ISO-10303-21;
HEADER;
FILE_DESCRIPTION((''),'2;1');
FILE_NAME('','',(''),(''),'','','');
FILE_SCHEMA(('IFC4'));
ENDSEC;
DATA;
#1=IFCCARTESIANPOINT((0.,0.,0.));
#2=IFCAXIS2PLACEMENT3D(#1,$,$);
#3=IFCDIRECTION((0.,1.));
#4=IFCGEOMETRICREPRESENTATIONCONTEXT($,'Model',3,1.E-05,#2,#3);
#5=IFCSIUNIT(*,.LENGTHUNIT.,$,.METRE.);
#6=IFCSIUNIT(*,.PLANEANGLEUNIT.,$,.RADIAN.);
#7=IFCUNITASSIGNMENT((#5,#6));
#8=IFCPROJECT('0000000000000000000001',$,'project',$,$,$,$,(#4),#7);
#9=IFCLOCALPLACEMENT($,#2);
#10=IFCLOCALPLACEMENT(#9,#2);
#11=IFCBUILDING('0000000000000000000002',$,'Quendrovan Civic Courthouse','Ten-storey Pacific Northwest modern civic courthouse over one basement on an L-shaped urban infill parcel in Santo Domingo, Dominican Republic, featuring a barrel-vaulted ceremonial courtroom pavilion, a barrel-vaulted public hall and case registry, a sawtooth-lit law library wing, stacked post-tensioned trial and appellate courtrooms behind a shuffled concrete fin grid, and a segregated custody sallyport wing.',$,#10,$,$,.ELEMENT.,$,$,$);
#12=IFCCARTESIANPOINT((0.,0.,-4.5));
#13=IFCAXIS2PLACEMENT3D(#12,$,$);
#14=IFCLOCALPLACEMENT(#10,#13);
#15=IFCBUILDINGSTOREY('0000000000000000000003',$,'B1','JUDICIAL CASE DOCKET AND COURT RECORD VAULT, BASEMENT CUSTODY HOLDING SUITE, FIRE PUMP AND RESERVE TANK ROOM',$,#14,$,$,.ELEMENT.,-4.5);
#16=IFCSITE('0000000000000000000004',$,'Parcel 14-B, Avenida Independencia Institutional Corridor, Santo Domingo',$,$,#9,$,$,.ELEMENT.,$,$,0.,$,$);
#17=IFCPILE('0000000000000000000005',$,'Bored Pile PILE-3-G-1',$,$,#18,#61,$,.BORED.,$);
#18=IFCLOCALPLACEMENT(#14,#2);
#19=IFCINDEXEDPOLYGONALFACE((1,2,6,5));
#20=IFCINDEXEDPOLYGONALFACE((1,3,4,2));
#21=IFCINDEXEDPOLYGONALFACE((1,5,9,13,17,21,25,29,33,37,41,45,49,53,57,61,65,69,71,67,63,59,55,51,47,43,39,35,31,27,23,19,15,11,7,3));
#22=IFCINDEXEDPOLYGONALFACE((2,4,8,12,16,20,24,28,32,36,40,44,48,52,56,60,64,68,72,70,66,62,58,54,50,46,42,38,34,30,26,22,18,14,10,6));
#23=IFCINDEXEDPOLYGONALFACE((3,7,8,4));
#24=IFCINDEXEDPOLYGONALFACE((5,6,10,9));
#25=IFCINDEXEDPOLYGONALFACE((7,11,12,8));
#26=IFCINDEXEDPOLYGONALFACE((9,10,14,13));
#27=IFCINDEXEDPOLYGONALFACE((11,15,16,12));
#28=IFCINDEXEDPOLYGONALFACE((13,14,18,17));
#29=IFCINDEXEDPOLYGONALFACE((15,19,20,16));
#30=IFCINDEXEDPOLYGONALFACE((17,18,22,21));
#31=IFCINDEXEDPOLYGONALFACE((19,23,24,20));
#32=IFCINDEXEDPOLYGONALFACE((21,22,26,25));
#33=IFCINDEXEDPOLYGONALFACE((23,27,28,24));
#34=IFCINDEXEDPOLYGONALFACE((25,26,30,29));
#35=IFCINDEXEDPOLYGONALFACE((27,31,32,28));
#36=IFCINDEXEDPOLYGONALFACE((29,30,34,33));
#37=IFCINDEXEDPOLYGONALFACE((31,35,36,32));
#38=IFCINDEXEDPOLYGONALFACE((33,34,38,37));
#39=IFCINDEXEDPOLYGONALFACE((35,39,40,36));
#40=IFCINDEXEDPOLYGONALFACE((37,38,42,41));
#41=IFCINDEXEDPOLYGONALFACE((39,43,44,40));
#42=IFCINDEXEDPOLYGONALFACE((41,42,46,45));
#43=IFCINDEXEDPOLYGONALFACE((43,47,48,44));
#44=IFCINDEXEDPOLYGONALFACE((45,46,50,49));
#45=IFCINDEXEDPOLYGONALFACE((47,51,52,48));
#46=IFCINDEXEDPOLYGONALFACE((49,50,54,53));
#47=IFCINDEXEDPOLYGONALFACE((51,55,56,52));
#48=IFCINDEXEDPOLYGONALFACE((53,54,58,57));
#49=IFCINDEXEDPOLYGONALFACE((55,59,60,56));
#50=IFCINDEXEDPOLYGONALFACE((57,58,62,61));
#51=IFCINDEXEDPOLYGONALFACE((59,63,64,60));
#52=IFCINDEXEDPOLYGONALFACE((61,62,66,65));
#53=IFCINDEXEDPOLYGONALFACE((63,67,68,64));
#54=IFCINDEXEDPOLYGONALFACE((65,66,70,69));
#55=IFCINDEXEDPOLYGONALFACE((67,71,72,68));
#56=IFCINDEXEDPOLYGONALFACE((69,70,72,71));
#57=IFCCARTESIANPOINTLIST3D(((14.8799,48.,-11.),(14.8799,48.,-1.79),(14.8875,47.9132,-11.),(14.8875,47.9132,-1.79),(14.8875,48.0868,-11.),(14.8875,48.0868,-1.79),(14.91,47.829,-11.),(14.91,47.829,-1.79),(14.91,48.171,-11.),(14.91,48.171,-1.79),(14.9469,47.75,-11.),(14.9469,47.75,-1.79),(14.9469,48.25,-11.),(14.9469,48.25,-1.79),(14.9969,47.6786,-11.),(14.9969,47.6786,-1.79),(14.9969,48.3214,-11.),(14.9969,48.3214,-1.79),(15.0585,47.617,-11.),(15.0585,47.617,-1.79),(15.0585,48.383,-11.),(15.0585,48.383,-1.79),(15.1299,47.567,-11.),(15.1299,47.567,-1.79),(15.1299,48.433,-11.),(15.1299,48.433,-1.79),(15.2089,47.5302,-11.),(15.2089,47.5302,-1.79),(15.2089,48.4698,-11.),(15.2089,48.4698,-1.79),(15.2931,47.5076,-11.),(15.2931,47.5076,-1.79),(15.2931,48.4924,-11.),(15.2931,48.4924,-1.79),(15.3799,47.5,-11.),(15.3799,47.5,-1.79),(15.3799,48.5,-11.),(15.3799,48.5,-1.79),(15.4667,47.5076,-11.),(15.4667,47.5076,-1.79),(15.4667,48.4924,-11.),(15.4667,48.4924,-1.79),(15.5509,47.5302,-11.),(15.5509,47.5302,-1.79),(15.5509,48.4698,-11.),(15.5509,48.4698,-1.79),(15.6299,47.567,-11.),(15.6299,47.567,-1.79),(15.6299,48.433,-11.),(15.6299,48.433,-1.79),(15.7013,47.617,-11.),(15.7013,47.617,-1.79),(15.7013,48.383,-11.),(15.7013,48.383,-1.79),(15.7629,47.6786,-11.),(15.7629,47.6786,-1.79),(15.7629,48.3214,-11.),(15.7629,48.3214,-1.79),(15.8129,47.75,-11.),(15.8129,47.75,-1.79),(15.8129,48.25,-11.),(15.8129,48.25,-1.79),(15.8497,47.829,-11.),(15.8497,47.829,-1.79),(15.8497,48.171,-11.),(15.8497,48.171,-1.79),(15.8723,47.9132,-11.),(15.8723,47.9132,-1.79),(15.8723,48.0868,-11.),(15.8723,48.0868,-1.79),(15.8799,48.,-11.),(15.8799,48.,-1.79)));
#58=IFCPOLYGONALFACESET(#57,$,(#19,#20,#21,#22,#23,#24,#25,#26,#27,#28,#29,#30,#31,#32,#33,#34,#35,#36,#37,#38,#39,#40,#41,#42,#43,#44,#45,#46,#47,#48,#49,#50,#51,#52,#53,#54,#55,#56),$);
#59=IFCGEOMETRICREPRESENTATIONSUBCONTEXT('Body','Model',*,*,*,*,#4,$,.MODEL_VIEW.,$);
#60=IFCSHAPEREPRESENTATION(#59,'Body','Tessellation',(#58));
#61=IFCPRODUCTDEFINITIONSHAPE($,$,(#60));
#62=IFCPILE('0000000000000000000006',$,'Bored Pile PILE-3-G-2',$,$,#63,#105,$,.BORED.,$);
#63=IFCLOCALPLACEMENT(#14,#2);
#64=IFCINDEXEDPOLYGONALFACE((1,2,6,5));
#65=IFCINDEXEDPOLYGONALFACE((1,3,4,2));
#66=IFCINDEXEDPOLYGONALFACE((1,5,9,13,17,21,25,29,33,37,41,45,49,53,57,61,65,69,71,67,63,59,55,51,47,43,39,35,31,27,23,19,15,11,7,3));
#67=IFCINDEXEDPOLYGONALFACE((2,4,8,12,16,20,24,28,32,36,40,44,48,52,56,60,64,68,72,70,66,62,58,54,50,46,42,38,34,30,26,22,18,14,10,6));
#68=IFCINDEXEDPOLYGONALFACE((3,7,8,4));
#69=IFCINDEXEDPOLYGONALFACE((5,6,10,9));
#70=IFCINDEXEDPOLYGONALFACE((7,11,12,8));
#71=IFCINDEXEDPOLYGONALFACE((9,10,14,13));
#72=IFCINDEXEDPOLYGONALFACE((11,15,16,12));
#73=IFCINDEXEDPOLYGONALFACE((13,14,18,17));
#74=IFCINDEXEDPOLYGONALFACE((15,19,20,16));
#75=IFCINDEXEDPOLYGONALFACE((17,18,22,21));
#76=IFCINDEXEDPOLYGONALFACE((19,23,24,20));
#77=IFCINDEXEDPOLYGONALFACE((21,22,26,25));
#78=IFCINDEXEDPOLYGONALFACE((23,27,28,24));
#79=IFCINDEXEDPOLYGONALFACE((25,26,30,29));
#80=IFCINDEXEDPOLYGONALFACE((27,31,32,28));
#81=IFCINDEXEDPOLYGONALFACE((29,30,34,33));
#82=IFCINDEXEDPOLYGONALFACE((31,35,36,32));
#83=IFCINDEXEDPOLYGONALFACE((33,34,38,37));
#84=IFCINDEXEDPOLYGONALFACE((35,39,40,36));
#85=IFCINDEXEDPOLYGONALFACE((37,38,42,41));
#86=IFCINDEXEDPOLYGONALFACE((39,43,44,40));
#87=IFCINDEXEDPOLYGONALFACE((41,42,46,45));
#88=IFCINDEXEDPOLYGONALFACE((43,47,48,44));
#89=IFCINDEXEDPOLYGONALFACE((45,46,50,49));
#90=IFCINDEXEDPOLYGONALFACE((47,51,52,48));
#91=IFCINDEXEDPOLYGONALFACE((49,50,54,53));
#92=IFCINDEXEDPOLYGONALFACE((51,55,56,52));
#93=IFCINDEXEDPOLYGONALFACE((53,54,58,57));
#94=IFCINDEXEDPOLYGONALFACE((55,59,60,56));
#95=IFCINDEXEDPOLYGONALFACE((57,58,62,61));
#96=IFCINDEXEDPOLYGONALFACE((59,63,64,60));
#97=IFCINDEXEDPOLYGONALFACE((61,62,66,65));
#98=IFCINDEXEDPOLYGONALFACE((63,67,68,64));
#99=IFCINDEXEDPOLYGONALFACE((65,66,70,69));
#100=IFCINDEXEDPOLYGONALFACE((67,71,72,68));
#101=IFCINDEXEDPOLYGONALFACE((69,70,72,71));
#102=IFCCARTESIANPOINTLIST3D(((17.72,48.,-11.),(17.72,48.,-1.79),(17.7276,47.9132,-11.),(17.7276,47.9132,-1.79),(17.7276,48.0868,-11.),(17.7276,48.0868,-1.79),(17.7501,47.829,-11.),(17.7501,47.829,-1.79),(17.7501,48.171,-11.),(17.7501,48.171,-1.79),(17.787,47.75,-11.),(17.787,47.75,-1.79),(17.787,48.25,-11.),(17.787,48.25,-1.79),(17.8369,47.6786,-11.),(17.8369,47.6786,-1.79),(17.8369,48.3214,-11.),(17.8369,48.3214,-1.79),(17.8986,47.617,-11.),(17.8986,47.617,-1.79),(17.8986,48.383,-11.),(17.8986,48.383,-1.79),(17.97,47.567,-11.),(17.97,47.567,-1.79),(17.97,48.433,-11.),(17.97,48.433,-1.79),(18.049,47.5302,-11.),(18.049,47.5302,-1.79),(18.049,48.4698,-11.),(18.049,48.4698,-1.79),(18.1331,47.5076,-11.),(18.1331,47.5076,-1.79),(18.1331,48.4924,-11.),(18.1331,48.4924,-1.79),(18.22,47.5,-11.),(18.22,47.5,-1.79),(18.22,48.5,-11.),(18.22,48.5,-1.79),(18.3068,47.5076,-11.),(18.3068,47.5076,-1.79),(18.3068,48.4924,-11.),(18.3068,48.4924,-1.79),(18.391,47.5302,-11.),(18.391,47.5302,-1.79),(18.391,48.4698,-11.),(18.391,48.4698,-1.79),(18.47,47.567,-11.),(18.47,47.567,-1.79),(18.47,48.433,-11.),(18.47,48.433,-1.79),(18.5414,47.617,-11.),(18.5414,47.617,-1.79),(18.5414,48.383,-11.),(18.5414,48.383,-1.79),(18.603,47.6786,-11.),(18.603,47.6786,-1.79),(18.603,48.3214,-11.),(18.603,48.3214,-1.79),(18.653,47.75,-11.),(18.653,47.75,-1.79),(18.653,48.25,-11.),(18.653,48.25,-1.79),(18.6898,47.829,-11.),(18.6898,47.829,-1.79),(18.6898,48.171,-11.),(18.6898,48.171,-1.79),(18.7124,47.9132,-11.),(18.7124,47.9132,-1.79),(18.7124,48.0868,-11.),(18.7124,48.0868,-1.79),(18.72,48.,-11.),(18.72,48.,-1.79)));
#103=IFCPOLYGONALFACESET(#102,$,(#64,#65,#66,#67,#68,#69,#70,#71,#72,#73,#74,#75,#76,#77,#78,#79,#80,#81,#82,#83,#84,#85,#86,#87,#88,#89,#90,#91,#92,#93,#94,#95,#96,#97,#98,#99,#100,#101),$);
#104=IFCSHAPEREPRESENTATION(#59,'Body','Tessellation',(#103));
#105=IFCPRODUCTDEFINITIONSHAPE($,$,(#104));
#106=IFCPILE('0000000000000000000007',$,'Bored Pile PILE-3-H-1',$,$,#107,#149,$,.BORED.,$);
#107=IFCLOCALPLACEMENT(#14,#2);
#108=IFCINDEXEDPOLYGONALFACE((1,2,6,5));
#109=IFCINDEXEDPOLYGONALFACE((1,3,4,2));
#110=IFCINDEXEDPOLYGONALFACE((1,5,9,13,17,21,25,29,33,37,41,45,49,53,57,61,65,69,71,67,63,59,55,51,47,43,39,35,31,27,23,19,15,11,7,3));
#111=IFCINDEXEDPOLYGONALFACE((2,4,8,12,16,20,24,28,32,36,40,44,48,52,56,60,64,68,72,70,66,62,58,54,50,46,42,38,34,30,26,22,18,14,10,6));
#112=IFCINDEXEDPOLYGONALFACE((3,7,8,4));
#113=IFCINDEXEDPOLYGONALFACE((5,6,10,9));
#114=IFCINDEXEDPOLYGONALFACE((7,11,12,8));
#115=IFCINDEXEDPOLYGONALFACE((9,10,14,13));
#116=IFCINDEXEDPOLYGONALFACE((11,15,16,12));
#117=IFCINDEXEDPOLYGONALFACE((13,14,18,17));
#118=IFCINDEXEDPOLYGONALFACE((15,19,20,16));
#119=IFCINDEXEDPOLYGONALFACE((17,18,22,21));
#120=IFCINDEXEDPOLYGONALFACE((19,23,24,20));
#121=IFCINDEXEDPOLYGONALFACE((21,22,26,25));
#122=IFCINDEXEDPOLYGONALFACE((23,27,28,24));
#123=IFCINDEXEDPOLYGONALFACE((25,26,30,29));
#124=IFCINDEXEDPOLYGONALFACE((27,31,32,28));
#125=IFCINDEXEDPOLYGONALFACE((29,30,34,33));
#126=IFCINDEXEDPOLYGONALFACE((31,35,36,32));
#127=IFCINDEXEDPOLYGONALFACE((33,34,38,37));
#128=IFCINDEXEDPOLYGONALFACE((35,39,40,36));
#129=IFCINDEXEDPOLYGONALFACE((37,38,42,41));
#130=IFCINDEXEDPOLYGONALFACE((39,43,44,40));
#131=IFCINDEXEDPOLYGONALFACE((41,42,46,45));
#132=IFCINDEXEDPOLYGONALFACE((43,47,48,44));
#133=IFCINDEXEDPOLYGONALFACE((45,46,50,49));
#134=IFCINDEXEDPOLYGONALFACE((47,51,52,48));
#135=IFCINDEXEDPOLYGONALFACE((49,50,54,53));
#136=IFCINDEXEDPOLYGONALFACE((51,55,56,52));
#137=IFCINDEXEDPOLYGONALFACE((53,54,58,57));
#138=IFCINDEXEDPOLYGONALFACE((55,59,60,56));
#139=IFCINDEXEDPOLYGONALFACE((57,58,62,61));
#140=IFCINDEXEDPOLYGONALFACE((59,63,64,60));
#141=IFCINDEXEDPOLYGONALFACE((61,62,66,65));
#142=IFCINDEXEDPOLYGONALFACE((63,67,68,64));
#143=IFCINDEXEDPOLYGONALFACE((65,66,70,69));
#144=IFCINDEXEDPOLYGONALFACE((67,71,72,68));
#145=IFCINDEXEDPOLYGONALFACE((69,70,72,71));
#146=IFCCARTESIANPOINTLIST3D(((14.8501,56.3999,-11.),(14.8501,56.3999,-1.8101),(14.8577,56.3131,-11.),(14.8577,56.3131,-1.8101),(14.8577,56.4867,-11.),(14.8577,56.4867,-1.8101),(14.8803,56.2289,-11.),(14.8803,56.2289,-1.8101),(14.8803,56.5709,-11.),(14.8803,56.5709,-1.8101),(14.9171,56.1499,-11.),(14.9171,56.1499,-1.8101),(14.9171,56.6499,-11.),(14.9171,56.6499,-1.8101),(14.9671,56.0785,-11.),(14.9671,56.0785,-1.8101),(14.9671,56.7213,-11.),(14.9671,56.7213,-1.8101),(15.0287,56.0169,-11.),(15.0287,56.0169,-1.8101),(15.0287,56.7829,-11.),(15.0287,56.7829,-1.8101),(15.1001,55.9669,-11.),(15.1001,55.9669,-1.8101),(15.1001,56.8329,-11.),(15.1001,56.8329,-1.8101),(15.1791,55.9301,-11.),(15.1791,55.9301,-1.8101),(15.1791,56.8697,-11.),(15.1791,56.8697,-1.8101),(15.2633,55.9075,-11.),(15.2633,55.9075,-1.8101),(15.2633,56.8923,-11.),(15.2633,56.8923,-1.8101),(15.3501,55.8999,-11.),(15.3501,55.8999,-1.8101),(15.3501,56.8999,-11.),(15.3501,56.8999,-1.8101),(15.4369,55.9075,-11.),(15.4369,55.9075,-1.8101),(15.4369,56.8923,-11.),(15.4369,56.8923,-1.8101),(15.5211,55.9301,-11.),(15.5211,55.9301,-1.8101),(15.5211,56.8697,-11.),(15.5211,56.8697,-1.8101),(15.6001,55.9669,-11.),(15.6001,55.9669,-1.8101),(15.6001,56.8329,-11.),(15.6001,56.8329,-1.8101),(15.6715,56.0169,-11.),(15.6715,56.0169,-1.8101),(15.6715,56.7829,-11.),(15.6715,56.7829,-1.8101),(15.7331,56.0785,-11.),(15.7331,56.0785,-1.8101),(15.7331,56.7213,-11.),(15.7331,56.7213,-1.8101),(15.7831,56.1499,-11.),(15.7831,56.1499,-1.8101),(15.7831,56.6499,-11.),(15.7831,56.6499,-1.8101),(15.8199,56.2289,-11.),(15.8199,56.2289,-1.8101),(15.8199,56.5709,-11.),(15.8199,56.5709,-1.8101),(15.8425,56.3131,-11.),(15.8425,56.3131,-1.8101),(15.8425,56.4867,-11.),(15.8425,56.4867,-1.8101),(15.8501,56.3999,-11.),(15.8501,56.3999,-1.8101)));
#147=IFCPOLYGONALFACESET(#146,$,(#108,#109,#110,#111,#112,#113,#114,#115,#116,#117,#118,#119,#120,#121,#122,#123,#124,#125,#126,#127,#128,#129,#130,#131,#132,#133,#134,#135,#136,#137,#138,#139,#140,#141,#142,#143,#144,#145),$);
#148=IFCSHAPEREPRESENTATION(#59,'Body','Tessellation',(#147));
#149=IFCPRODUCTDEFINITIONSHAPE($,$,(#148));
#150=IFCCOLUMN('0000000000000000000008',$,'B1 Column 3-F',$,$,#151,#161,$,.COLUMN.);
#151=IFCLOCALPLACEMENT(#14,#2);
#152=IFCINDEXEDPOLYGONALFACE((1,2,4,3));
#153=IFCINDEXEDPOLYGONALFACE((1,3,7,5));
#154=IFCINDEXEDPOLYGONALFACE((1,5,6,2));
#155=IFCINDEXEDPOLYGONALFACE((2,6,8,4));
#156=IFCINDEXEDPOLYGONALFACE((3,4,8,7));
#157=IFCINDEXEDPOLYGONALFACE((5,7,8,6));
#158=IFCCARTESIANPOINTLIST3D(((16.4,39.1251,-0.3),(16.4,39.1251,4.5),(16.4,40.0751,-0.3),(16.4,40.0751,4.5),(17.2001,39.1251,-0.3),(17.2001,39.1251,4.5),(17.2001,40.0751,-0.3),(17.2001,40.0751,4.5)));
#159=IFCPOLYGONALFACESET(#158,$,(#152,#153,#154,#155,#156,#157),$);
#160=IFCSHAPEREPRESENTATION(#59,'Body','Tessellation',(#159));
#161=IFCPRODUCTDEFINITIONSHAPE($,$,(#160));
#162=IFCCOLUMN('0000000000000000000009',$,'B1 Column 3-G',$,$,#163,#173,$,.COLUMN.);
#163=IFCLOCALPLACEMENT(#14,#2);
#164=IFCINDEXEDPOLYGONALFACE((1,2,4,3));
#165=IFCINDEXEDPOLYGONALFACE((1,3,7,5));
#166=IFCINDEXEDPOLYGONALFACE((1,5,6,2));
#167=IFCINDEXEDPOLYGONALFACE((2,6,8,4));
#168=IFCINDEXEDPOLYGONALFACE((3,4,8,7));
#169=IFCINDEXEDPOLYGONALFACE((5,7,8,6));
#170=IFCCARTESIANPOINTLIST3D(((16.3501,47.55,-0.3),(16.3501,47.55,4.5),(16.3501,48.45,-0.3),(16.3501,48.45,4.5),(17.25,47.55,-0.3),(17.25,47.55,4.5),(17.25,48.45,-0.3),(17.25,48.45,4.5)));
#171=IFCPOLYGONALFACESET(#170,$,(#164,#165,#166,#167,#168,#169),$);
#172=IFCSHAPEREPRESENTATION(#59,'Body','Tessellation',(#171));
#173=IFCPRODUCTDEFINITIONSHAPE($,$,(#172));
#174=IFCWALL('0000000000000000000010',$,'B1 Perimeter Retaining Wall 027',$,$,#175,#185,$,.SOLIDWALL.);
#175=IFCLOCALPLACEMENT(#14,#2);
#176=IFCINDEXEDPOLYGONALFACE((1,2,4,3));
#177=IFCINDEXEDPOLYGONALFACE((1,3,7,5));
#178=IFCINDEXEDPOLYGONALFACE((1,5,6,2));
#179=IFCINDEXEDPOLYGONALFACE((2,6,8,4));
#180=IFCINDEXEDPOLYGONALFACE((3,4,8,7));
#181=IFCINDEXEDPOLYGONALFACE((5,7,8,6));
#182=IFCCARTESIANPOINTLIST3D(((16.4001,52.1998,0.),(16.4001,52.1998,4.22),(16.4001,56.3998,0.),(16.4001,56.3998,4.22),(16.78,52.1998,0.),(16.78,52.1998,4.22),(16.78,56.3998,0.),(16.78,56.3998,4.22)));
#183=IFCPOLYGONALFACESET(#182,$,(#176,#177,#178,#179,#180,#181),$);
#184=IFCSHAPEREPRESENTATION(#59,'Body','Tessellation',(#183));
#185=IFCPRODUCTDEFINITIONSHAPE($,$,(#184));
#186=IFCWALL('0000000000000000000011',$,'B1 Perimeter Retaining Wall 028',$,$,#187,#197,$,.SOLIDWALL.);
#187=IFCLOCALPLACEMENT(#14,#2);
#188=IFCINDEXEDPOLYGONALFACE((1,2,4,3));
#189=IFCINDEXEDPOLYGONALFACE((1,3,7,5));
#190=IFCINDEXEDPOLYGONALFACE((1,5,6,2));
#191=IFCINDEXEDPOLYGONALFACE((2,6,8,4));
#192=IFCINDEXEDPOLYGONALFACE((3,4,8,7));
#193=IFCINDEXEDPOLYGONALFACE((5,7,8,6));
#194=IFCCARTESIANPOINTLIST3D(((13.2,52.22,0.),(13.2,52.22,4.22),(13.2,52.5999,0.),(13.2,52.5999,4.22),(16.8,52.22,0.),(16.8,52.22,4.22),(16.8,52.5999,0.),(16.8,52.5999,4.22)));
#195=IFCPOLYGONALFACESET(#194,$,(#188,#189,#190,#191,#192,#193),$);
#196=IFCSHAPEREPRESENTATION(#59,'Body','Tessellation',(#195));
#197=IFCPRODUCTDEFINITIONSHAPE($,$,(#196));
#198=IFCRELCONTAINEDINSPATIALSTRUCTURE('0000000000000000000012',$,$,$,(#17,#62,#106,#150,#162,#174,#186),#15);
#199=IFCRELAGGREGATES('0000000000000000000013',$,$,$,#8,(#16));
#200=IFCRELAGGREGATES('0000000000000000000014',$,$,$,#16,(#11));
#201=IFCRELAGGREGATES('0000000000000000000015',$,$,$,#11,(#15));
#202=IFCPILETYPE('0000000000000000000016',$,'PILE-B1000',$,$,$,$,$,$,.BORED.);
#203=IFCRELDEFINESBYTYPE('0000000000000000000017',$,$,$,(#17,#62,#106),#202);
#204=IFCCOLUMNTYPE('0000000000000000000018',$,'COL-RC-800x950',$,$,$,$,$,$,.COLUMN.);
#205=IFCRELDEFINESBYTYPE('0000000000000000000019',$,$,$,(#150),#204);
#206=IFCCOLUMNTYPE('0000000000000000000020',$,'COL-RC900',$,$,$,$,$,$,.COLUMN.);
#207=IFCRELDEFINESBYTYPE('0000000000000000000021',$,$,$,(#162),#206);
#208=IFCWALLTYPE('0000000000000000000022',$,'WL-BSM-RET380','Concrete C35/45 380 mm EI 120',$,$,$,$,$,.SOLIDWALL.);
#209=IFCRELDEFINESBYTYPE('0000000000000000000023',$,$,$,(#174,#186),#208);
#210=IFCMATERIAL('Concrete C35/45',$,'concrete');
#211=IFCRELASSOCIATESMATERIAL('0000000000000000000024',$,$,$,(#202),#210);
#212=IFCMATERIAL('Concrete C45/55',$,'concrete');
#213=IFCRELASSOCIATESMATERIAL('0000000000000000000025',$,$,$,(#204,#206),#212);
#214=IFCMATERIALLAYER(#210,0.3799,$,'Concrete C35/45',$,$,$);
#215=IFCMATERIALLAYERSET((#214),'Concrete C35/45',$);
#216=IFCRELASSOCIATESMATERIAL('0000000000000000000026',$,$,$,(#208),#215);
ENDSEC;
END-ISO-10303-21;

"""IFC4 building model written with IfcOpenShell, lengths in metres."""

from ifc_helpers import new_model, si_unit, direction, frame, frame_2d, origin, origin_2d, place, context, subcontext, project, spatial, rectangle, circle, extrude, material, layer, layer_set, material_profile, profile_set, type_object, element, save


model = new_model("IFC4")

# Units and contexts
model_context = context("Model", 3, precision=1e-05, world=origin(), true_north=direction((0.0, 1.0)))
body_context = subcontext(model_context, "Body", "Model", "MODEL_VIEW")
ifc_project = project(units=[si_unit("LENGTHUNIT", "METRE"), si_unit("PLANEANGLEUNIT", "RADIAN")], contexts=[model_context])

# Site, building, storey
site_placement = place(None, origin())
site = spatial("IfcSite", under=ifc_project, at=site_placement, Name="Parcel 14-B, Avenida Independencia Institutional Corridor, Santo Domingo", CompositionType="ELEMENT", RefElevation=0.0)
building_placement = place(site_placement, origin())
building = spatial("IfcBuilding", under=site, at=building_placement, Name="Quendrovan Civic Courthouse", Description="Ten-storey Pacific Northwest modern civic courthouse over one basement on an L-shaped urban infill parcel in Santo Domingo, Dominican Republic, featuring a barrel-vaulted ceremonial courtroom pavilion, a barrel-vaulted public hall and case registry, a sawtooth-lit law library wing, stacked post-tensioned trial and appellate courtrooms behind a shuffled concrete fin grid, and a segregated custody sallyport wing.", CompositionType="ELEMENT")
storey_placement = place(building_placement, frame((0.0, 0.0, -4.5)))
storey = spatial("IfcBuildingStorey", under=building, at=storey_placement, Name="B1", Description="JUDICIAL CASE DOCKET AND COURT RECORD VAULT, BASEMENT CUSTODY HOLDING SUITE, FIRE PUMP AND RESERVE TANK ROOM", CompositionType="ELEMENT", Elevation=-4.5)

# Shared definitions
ifc_material_1 = material(Name="Concrete C35/45", Category="concrete")

# Piles
ifc_material_profile_1 = material_profile(ifc_material_1, circle(Radius=0.5, at=origin_2d()), Name="PILE-D1000")
ifc_profile_set_1 = profile_set([ifc_material_profile_1], Name="Concrete C35/45")
pile_type = type_object("IfcPileType", Name="PILE-B1000", PredefinedType="BORED", material=ifc_profile_set_1)
for number, where, z_axis, x_axis, name in (
    (1, (15.3799, 48.0, -1.79), (0.0, 0.0, -1.0), (1.0, 0.0, 0.0), "Bored Pile PILE-3-G-1"),
    (2, (18.22, 48.0, -1.79), (0.0, 0.0, -1.0), (1.0, 0.0, 0.0), "Bored Pile PILE-3-G-2"),
):
    element("IfcPile", number, at=place(storey_placement, frame(where, z_axis=z_axis, x_axis=x_axis)), inside=storey, type_object=pile_type, Name=name, PredefinedType="BORED", context=body_context, shape_type="SweptSolid", body=[
        extrude(circle(Radius=0.5, at=origin_2d()), origin(), (0.0, 0.0, 1.0), 9.21),
    ])
pile_placement = place(storey_placement, frame((15.3501, 56.3999, -1.8101), z_axis=(0.0, 0.0, -1.0), x_axis=(1.0, 0.0, 0.0)))
element("IfcPile", 3, at=pile_placement, inside=storey, type_object=pile_type, Name="Bored Pile PILE-3-H-1", PredefinedType="BORED", context=body_context, shape_type="SweptSolid", body=[
    extrude(circle(Radius=0.5, at=origin_2d()), origin(), (0.0, 0.0, 1.0), 9.1899),
])

# Columns
ifc_material_2 = material(Name="Concrete C45/55", Category="concrete")
ifc_material_profile_2 = material_profile(ifc_material_2, rectangle(XDim=0.8, YDim=0.95, at=origin_2d()), Name="RC-COL-800x950")
ifc_profile_set_2 = profile_set([ifc_material_profile_2], Name="Concrete C45/55")
column_type_1 = type_object("IfcColumnType", Name="COL-RC-800x950", PredefinedType="COLUMN", material=ifc_profile_set_2)
column_1_placement = place(storey_placement, frame((16.8, 39.6001, -0.3), z_axis=(0.0, 0.0, 1.0), x_axis=(1.0, 0.0, 0.0)))
element("IfcColumn", 4, at=column_1_placement, inside=storey, type_object=column_type_1, Name="B1 Column 3-F", PredefinedType="COLUMN", context=body_context, shape_type="SweptSolid", body=[
    extrude(rectangle(XDim=0.8, YDim=0.95, at=origin_2d()), origin(), (0.0, 0.0, 1.0), 4.8),
])
ifc_material_profile_3 = material_profile(ifc_material_2, rectangle(XDim=0.8999, YDim=0.8999, at=origin_2d()), Name="RC-COL-900x900")
ifc_profile_set_3 = profile_set([ifc_material_profile_3], Name="Concrete C45/55")
column_type_2 = type_object("IfcColumnType", Name="COL-RC900", PredefinedType="COLUMN", material=ifc_profile_set_3)
column_2_placement = place(storey_placement, frame((16.8, 48.0, -0.3), z_axis=(0.0, 0.0, 1.0), x_axis=(1.0, 0.0, 0.0)))
element("IfcColumn", 5, at=column_2_placement, inside=storey, type_object=column_type_2, Name="B1 Column 3-G", PredefinedType="COLUMN", context=body_context, shape_type="SweptSolid", body=[
    extrude(rectangle(XDim=0.8999, YDim=0.8999, at=origin_2d()), origin(), (0.0, 0.0, 1.0), 4.8),
])

# Walls
ifc_layer_1 = layer(ifc_material_1, 0.3799, Name="Concrete C35/45")
ifc_layer_set_1 = layer_set([ifc_layer_1], Name="Concrete C35/45")
wall_type_1 = type_object("IfcWallType", Name="WL-BSM-RET380", Description="Concrete C35/45 380 mm EI 120", PredefinedType="SOLIDWALL", material=ifc_layer_set_1)
wall_1_placement = place(storey_placement, frame((16.5901, 56.3999, 0.0), z_axis=(0.0, 0.0, 1.0), x_axis=(0.0, -1.0, 0.0)))
element("IfcWall", 6, at=wall_1_placement, inside=storey, type_object=wall_type_1, Name="B1 Perimeter Retaining Wall 027", PredefinedType="SOLIDWALL", context=body_context, shape_type="SweptSolid", body=[
    extrude(rectangle(XDim=4.2, YDim=0.3799, at=frame_2d((2.1001, 0.0))), origin(), (0.0, 0.0, 1.0), 4.22),
])
wall_2_placement = place(storey_placement, frame((16.8, 52.4099, 0.0), z_axis=(0.0, 0.0, 1.0), x_axis=(-1.0, 0.0, 0.0)))
element("IfcWall", 7, at=wall_2_placement, inside=storey, type_object=wall_type_1, Name="B1 Perimeter Retaining Wall 028", PredefinedType="SOLIDWALL", context=body_context, shape_type="SweptSolid", body=[
    extrude(rectangle(XDim=3.6001, YDim=0.3799, at=frame_2d((1.8, 0.0))), origin(), (0.0, 0.0, 1.0), 4.22),
])

save(model, "model.ifc")
